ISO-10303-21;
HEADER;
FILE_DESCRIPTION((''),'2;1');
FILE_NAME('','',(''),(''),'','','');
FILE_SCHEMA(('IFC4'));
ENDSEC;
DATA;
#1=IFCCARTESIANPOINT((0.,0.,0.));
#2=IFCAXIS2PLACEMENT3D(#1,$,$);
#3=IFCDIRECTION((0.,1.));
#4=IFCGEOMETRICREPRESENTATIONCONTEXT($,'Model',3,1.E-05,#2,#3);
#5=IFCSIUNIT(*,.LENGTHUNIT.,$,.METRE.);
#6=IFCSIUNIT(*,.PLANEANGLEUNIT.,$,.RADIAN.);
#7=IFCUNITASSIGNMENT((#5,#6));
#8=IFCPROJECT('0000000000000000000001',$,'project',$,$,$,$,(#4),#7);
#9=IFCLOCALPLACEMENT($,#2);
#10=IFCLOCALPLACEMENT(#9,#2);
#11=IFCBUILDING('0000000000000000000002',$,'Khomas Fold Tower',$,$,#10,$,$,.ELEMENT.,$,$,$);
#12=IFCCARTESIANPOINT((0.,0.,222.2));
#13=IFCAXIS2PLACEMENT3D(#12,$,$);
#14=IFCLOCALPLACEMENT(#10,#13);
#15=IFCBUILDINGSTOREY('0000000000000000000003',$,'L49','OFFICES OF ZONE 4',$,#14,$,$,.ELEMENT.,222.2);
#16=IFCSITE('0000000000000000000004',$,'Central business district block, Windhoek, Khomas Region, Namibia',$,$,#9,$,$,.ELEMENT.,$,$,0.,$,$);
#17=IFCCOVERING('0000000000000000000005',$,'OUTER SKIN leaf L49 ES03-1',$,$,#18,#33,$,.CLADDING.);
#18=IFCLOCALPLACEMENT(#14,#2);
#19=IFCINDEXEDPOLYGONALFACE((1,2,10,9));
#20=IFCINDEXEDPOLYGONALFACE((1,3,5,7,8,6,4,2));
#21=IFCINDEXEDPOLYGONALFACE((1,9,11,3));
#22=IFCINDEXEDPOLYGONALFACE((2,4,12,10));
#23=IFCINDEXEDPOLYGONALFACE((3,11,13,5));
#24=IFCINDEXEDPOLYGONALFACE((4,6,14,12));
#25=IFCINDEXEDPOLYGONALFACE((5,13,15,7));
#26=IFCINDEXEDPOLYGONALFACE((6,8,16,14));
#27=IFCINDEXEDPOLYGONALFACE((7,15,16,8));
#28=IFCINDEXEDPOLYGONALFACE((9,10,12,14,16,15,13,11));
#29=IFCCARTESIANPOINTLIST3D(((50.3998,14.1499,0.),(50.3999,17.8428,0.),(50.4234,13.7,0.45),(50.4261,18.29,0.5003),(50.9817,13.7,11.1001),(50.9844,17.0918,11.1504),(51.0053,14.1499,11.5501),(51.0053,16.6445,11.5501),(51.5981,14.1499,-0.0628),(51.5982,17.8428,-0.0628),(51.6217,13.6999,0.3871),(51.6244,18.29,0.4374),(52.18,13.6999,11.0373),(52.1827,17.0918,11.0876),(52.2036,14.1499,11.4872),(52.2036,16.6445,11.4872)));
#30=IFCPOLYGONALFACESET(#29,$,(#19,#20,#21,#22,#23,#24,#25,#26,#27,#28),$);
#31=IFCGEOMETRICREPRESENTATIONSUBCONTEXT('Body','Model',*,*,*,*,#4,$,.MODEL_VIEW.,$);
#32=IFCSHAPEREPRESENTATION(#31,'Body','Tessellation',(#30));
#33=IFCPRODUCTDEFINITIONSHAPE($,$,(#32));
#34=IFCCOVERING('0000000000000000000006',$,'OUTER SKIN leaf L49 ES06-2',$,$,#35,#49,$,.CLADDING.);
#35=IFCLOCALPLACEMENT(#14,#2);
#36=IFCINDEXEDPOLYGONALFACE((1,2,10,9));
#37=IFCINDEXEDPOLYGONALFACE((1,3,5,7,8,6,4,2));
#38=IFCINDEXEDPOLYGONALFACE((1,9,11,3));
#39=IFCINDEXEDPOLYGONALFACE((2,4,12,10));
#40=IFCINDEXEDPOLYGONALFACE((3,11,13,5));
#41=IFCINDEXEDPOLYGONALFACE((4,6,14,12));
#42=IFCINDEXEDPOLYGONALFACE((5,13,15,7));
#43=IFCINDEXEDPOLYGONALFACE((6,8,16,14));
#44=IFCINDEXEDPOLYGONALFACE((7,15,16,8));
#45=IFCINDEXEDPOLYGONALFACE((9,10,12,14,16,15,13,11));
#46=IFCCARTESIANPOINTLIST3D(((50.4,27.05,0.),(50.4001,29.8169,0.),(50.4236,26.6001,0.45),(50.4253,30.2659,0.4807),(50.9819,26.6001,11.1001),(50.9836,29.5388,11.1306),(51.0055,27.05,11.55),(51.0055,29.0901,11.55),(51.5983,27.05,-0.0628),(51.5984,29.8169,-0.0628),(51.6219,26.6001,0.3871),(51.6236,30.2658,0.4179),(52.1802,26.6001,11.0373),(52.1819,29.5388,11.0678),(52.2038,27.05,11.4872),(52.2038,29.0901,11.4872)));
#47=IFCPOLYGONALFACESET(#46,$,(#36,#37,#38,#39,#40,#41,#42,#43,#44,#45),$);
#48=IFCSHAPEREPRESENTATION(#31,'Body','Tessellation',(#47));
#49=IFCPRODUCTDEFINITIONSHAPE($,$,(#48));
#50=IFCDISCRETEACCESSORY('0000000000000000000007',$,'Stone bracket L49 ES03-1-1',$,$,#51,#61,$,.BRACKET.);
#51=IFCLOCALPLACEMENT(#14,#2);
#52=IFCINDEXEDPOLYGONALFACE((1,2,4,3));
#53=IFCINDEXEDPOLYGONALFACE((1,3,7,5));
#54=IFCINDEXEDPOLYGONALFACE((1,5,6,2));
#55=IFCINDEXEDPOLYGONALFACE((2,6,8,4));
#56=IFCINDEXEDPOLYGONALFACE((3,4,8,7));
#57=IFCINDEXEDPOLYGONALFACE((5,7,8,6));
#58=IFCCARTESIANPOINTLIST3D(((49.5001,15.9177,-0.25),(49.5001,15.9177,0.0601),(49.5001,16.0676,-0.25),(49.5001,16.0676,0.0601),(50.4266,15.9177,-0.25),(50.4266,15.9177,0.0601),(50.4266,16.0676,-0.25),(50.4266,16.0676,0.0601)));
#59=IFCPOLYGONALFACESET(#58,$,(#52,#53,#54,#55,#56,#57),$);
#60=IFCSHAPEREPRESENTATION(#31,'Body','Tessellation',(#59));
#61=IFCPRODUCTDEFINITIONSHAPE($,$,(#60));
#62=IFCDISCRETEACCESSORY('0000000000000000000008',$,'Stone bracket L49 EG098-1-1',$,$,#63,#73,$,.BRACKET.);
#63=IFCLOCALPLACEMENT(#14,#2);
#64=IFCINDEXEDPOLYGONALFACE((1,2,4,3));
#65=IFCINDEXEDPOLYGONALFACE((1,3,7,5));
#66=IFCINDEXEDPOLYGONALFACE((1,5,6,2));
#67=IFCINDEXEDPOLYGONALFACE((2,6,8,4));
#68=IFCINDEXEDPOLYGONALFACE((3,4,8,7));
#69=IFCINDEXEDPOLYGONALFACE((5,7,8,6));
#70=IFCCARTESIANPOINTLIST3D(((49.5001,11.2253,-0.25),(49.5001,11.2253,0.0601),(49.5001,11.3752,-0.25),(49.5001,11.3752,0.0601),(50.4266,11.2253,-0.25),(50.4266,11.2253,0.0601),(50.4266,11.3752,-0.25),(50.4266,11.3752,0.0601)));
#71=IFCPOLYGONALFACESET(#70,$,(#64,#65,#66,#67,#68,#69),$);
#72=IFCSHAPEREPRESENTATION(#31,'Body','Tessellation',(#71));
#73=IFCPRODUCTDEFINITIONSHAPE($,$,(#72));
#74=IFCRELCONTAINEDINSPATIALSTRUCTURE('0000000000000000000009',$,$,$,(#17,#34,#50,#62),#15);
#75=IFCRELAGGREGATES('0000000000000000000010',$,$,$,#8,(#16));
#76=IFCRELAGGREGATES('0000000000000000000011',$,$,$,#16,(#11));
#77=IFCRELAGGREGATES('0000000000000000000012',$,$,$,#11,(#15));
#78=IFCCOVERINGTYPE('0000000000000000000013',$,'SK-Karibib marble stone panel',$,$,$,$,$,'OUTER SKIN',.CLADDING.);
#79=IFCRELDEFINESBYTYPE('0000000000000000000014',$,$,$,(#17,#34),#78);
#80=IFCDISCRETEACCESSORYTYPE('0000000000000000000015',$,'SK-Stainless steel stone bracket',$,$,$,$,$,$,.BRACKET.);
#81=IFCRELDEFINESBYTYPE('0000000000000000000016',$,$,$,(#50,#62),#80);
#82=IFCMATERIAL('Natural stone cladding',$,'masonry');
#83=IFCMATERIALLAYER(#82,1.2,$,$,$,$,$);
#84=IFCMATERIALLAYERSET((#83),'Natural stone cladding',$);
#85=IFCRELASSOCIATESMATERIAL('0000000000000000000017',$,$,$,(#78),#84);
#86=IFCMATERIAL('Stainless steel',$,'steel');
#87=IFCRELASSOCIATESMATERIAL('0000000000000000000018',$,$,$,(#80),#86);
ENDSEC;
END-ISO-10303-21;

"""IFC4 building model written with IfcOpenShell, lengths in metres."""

from ifc_helpers import new_model, si_unit, direction, frame, origin, origin_2d, place, context, subcontext, project, spatial, polyline, rectangle, outline, extrude, source, transform, mapped, material, layer, layer_set, type_object, element, save


model = new_model("IFC4")

# Units and contexts
model_context = context("Model", 3, precision=1e-05, world=origin(), true_north=direction((0.0, 1.0)))
body_context = subcontext(model_context, "Body", "Model", "MODEL_VIEW")
ifc_project = project(units=[si_unit("LENGTHUNIT", "METRE"), si_unit("PLANEANGLEUNIT", "RADIAN")], contexts=[model_context])

# Site, building, storey
site_placement = place(None, origin())
site = spatial("IfcSite", under=ifc_project, at=site_placement, Name="Central business district block, Windhoek, Khomas Region, Namibia", CompositionType="ELEMENT", RefElevation=0.0)
building_placement = place(site_placement, origin())
building = spatial("IfcBuilding", under=site, at=building_placement, Name="Khomas Fold Tower", CompositionType="ELEMENT")
storey_placement = place(building_placement, frame((0.0, 0.0, 222.2)))
storey = spatial("IfcBuildingStorey", under=building, at=storey_placement, Name="L49", Description="OFFICES OF ZONE 4", CompositionType="ELEMENT", Elevation=222.2)

# Coverings
ifc_material_1 = material(Name="Natural stone cladding", Category="masonry")
ifc_layer_1 = layer(ifc_material_1, 1.2)
ifc_layer_set_1 = layer_set([ifc_layer_1], Name="Natural stone cladding")
covering_type = type_object("IfcCoveringType", Name="SK-Karibib marble stone panel", ElementType="OUTER SKIN", PredefinedType="CLADDING", material=ifc_layer_set_1)
covering_1_placement = place(storey_placement, frame((50.9844, 17.0918, 11.1504), z_axis=(-0.998629, 0.000012, 0.052349), x_axis=(-0.05202, 0.111653, -0.992385)))
element("IfcCovering", 1, at=covering_1_placement, inside=storey, type_object=covering_type, Name="OUTER SKIN leaf L49 ES03-1", PredefinedType="CLADDING", context=body_context, shape_type="SweptSolid", body=[
    extrude(outline(polyline([(0.0, 0.0), (10.7319, 0.0), (11.1797, 0.5004), (10.7674, 4.1702), (10.2694, 4.567), (-0.3287, 3.3763), (-0.7262, 2.8788), (-0.4476, 0.3998), (0.0, 0.0)])), origin(), (0.0, 0.0, -1.0), 1.2),
])
covering_2_placement = place(storey_placement, frame((50.4236, 26.6001, 0.45), z_axis=(-0.998629, 0.00003, 0.052349), x_axis=(0.052349, 0.0, 0.998629)))
element("IfcCovering", 2, at=covering_2_placement, inside=storey, type_object=covering_type, Name="OUTER SKIN leaf L49 ES06-2", PredefinedType="CLADDING", context=body_context, shape_type="SweptSolid", body=[
    extrude(outline(polyline([(0.0, 0.0), (10.6648, 0.0), (11.1153, 0.45), (11.1153, 2.49), (10.6953, 2.9387), (0.0308, 3.6658), (-0.4506, 3.2168), (-0.4506, 0.45), (0.0, 0.0)])), origin(), (0.0, 0.0, -1.0), 1.2),
])

# Discrete accessories
ifc_material_2 = material(Name="Stainless steel", Category="steel")
discrete_accessory_type = type_object("IfcDiscreteAccessoryType", Name="SK-Stainless steel stone bracket", PredefinedType="BRACKET", material=ifc_material_2)
shared_shape_1 = source(origin(), body_context, "Body", "SweptSolid", [
    extrude(rectangle(XDim=0.9265, YDim=0.1499, at=origin_2d()), origin(), (0.0, 0.0, 1.0), 0.3101),
])
for number, where, z_axis, x_axis, name in (
    (3, (49.9634, 15.9927, -0.25), (0.0, 0.0, 1.0), (1.0, 0.0, 0.0), "Stone bracket L49 ES03-1-1"),
    (4, (49.9634, 11.3003, -0.25), (0.0, 0.0, 1.0), (1.0, 0.0, 0.0), "Stone bracket L49 EG098-1-1"),
):
    element("IfcDiscreteAccessory", number, at=place(storey_placement, frame(where, z_axis=z_axis, x_axis=x_axis)), inside=storey, type_object=discrete_accessory_type, Name=name, PredefinedType="BRACKET", context=body_context, shape_type="MappedRepresentation", body=[
        mapped(shared_shape_1, transform((0.0, 0.0, 0.0))),
    ])

save(model, "model.ifc")
